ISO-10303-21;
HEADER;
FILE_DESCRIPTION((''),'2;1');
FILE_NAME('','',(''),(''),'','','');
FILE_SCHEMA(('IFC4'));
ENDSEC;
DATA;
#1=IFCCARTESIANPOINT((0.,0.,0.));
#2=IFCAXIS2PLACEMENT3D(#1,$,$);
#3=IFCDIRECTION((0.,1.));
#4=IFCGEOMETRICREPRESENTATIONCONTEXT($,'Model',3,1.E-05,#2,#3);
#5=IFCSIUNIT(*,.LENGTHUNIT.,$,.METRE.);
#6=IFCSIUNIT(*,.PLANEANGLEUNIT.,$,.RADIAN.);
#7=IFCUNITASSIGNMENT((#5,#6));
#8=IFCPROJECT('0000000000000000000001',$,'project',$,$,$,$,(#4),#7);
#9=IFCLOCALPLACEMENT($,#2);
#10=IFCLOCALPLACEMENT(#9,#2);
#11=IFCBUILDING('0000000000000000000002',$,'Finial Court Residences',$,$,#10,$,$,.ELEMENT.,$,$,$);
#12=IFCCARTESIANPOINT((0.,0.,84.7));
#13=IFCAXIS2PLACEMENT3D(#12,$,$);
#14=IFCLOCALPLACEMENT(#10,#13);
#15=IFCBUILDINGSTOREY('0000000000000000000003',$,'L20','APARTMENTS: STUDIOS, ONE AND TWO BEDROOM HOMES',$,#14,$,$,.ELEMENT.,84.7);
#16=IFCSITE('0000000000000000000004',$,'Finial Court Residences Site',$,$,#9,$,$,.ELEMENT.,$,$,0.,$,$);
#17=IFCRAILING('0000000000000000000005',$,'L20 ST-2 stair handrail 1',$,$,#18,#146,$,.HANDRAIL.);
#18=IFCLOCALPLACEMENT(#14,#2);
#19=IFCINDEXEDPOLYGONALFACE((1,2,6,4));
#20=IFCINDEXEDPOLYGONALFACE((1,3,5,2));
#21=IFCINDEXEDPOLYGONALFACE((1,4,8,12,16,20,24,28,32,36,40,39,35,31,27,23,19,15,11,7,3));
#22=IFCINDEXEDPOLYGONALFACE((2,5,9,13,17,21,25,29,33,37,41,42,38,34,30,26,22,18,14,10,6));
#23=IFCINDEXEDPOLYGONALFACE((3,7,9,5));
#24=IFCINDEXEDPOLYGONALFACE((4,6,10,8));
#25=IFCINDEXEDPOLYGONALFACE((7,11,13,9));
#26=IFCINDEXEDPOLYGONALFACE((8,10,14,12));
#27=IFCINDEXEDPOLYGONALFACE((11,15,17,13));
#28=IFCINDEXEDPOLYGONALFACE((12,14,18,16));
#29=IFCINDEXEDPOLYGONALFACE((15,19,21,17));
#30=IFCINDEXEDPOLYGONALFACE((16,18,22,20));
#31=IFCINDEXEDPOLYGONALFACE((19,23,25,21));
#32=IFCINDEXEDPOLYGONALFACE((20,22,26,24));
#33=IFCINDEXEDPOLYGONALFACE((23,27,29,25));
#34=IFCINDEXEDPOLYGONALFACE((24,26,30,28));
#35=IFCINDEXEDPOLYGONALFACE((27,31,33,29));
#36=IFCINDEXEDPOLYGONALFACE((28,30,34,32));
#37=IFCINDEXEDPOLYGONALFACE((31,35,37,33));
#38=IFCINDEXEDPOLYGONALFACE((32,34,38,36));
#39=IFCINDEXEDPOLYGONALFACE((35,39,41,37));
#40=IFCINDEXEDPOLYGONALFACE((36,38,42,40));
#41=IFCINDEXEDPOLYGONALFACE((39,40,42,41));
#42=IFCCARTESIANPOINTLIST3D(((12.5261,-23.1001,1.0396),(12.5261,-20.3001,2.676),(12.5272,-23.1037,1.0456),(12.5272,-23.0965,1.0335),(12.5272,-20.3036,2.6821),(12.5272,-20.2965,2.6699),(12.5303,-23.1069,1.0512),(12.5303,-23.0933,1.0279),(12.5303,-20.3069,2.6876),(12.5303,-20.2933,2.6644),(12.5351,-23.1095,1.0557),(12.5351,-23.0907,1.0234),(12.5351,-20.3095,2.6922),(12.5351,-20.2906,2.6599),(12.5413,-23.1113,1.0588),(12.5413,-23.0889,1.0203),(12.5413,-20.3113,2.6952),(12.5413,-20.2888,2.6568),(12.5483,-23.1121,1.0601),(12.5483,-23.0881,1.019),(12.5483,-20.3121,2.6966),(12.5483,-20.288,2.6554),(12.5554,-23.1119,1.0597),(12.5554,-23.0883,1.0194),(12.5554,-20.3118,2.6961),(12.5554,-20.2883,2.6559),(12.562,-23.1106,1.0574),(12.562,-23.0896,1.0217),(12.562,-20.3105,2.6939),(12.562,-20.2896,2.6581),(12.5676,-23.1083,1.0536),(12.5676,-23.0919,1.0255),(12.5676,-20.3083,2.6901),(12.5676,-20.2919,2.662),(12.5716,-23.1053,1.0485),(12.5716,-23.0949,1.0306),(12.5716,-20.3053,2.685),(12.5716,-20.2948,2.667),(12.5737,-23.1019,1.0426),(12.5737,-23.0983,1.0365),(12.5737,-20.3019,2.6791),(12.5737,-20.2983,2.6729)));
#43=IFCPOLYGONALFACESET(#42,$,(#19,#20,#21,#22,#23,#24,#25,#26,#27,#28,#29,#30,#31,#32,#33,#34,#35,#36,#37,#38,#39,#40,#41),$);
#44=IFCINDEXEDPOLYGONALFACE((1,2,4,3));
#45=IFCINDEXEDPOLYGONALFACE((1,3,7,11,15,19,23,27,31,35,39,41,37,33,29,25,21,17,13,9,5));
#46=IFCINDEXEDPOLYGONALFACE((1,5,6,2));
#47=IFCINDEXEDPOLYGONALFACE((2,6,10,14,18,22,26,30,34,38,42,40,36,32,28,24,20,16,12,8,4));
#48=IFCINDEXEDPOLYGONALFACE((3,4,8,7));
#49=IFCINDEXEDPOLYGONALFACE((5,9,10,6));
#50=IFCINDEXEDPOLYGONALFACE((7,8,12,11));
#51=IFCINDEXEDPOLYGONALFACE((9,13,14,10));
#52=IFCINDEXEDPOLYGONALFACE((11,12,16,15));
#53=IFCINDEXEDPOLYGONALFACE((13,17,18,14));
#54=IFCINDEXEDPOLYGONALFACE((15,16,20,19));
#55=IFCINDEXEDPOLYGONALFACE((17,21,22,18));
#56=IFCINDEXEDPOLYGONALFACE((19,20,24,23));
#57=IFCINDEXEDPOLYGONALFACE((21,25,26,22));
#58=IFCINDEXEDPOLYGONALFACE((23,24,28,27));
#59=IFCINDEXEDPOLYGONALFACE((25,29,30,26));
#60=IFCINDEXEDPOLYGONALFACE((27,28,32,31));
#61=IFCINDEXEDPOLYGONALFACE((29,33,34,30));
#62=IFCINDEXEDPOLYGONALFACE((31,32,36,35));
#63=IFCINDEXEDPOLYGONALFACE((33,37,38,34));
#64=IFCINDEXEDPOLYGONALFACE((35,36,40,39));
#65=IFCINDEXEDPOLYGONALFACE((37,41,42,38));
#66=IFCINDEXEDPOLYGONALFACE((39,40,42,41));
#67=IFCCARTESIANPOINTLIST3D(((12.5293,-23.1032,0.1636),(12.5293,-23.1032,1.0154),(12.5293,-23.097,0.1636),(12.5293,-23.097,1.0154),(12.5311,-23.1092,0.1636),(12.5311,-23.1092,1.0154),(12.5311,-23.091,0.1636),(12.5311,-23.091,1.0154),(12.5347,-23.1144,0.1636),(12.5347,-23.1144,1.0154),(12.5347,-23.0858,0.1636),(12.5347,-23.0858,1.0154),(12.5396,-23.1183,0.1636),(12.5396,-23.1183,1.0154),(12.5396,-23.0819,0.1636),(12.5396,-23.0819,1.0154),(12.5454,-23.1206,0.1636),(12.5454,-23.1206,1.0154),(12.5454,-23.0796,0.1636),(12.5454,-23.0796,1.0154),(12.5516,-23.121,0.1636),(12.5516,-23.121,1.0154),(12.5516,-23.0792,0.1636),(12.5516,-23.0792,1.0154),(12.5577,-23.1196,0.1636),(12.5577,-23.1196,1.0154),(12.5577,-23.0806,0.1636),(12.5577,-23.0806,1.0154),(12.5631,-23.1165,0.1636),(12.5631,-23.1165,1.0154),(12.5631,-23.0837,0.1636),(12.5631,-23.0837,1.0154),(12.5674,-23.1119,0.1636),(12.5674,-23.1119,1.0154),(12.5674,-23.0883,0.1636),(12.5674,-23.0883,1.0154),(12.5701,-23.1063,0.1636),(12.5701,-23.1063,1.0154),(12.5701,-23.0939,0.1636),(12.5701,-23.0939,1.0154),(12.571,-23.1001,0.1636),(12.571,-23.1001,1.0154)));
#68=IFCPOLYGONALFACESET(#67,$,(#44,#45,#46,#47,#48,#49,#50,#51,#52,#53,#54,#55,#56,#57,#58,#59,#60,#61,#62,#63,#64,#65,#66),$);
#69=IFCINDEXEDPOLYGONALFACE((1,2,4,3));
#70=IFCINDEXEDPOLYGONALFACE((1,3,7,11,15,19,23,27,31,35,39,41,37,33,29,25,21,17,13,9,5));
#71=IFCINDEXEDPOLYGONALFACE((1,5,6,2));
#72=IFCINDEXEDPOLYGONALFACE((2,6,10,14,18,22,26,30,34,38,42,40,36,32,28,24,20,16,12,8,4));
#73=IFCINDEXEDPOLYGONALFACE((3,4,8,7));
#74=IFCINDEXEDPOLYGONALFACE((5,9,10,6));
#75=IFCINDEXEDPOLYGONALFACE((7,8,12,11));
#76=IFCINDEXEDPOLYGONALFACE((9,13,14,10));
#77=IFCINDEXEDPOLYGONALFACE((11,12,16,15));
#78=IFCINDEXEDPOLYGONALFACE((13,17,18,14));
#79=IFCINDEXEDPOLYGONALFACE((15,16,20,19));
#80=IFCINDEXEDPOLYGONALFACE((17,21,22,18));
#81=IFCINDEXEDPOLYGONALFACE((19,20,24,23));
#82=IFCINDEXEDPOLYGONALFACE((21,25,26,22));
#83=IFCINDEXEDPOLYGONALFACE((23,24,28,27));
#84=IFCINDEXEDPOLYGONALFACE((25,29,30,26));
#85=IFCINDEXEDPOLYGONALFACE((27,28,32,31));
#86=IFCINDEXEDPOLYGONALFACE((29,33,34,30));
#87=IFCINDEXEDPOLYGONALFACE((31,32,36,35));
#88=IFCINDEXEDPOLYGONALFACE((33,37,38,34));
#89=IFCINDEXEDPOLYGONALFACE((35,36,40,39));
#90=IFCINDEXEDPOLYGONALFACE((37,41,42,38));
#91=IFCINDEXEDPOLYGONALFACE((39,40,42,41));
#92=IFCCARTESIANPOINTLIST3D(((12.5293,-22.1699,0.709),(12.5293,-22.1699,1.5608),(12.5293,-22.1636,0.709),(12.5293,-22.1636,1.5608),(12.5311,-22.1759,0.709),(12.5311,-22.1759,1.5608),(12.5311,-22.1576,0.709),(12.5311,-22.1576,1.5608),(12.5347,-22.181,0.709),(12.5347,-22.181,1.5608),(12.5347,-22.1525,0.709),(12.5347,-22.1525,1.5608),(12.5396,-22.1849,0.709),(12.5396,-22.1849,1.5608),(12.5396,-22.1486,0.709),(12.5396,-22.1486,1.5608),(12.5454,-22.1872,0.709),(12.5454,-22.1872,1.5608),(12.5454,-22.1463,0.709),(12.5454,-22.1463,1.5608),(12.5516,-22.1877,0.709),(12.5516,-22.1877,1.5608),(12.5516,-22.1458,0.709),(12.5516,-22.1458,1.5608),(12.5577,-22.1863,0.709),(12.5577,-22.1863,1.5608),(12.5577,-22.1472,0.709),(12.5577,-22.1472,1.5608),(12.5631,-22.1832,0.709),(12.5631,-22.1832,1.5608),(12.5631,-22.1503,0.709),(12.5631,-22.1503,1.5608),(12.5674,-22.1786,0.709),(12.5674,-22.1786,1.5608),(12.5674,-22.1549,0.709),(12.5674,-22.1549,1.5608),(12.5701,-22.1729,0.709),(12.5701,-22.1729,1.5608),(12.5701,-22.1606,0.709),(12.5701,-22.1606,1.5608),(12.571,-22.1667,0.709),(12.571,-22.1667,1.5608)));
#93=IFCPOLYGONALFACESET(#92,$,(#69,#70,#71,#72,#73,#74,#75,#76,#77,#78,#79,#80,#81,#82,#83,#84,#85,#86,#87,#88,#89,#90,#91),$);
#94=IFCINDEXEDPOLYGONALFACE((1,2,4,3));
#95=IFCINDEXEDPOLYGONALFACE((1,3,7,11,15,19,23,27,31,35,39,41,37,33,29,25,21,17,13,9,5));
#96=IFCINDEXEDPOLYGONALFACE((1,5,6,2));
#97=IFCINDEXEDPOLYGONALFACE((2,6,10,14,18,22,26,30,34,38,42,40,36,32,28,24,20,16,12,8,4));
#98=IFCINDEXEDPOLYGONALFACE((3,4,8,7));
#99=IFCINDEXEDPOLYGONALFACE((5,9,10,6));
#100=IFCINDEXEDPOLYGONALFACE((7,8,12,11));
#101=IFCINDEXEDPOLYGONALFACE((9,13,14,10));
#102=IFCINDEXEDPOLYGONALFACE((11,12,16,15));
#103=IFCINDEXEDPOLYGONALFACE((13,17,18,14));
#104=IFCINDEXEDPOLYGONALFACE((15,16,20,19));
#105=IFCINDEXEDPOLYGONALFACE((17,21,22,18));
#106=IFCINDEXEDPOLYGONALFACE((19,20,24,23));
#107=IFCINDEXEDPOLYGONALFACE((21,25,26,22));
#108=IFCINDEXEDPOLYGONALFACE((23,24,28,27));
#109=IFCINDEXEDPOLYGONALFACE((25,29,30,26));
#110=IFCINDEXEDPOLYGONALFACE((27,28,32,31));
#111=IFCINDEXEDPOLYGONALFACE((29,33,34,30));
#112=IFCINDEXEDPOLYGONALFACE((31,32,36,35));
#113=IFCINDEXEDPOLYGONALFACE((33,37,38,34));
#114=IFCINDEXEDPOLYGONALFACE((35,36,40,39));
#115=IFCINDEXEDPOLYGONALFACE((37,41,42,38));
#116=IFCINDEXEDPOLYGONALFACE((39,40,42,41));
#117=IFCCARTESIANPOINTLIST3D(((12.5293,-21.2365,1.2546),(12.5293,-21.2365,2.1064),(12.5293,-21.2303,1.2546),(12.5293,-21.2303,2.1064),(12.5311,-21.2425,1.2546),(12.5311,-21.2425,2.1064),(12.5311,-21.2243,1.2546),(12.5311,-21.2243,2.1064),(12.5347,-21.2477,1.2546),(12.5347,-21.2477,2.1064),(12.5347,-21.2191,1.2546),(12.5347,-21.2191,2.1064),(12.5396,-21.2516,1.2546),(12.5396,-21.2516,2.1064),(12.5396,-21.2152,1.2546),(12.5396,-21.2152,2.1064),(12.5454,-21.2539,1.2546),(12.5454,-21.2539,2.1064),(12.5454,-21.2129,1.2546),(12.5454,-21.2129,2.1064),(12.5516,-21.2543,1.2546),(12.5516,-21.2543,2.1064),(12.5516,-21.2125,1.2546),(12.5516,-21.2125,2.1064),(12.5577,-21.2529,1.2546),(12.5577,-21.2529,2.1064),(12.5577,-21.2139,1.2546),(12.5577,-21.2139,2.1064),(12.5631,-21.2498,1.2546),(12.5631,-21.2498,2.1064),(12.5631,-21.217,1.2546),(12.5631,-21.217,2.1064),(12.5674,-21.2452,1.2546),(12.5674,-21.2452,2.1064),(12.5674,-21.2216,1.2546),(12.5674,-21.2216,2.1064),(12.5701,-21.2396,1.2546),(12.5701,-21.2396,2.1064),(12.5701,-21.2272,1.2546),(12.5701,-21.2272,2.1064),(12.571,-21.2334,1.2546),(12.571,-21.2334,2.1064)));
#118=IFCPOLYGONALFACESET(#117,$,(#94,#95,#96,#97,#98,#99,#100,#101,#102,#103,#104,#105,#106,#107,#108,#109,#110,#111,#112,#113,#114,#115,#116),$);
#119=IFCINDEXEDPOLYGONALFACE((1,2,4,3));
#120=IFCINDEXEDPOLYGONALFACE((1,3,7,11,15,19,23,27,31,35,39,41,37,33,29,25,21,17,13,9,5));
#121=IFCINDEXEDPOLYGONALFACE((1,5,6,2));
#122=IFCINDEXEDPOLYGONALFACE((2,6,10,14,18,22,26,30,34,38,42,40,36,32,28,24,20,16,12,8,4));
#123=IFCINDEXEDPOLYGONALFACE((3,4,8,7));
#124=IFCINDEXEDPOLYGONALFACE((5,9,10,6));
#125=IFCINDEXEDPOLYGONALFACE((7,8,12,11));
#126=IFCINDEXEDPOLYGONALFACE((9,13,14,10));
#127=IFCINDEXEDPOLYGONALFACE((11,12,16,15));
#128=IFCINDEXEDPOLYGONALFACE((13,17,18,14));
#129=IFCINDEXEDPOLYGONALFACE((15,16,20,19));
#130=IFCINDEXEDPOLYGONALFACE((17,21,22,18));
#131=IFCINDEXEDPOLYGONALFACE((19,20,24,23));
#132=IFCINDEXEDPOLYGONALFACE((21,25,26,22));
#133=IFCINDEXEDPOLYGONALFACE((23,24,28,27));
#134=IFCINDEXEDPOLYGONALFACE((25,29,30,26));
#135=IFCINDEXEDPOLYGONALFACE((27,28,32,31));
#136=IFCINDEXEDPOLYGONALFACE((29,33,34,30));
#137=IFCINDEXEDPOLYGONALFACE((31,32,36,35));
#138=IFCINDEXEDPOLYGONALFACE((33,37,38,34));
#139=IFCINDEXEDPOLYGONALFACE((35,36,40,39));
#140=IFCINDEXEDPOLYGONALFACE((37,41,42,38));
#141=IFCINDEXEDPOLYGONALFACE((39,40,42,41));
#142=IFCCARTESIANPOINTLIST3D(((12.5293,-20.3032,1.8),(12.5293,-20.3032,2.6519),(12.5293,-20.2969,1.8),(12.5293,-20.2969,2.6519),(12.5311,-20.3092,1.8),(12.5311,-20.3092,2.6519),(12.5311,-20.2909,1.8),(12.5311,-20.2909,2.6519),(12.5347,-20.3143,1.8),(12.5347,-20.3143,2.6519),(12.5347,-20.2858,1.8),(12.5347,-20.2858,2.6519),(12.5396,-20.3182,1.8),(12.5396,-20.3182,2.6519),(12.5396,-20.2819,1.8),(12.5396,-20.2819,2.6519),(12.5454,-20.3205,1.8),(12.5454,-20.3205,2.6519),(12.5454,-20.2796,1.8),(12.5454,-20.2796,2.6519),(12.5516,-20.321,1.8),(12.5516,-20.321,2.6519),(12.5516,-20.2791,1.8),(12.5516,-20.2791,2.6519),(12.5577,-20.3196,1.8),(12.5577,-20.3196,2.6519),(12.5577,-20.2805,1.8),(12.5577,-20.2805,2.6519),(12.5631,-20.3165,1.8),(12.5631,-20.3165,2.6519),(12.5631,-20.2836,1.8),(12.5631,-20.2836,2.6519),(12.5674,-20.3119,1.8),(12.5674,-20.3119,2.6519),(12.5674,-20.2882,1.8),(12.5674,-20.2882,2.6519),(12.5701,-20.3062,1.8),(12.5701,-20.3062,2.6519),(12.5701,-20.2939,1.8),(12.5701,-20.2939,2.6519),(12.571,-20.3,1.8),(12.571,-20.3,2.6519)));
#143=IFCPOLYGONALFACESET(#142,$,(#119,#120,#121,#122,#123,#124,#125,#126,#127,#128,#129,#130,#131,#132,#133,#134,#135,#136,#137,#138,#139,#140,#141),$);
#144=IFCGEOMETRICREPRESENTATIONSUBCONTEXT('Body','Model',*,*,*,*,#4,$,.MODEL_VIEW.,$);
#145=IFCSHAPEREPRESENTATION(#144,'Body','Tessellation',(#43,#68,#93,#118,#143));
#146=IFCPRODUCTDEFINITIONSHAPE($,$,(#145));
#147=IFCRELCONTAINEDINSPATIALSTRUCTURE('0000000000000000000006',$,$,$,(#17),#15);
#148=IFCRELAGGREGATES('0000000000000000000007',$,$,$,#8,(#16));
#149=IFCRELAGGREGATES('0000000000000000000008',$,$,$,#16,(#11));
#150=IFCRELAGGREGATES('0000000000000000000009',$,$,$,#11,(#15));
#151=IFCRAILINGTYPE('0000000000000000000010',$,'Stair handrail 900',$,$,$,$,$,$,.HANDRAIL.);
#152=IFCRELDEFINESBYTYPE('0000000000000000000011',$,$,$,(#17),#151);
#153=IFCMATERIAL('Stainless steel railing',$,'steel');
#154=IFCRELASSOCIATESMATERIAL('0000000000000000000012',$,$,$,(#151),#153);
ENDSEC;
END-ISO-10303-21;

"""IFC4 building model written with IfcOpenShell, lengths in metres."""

from ifc_helpers import new_model, si_unit, direction, frame, origin, origin_2d, place, context, subcontext, project, spatial, circle, extrude, material, type_object, element, save


model = new_model("IFC4")

# Units and contexts
model_context = context("Model", 3, precision=1e-05, world=origin(), true_north=direction((0.0, 1.0)))
body_context = subcontext(model_context, "Body", "Model", "MODEL_VIEW")
ifc_project = project(units=[si_unit("LENGTHUNIT", "METRE"), si_unit("PLANEANGLEUNIT", "RADIAN")], contexts=[model_context])

# Site, building, storey
site_placement = place(None, origin())
site = spatial("IfcSite", under=ifc_project, at=site_placement, Name="Finial Court Residences Site", CompositionType="ELEMENT", RefElevation=0.0)
building_placement = place(site_placement, origin())
building = spatial("IfcBuilding", under=site, at=building_placement, Name="Finial Court Residences", CompositionType="ELEMENT")
storey_placement = place(building_placement, frame((0.0, 0.0, 84.7)))
storey = spatial("IfcBuildingStorey", under=building, at=storey_placement, Name="L20", Description="APARTMENTS: STUDIOS, ONE AND TWO BEDROOM HOMES", CompositionType="ELEMENT", Elevation=84.7)

# Railing
ifc_material_1 = material(Name="Stainless steel railing", Category="steel")
railing_type_1 = type_object("IfcRailingType", Name="Stair handrail 900", PredefinedType="HANDRAIL", material=ifc_material_1)
railing_1_placement = place(storey_placement, frame((12.55, -23.1001, 0.1636)))
element("IfcRailing", 1, at=railing_1_placement, inside=storey, type_object=railing_type_1, Name="L20 ST-2 stair handrail 1", PredefinedType="HANDRAIL", context=body_context, shape_type="SweptSolid", body=[
    extrude(circle(Radius=0.0239, at=origin_2d()), frame((0.0, 0.0, 0.876), z_axis=(0.0, 0.863361, 0.504587), x_axis=(-1.0, 0.0, 0.0)), (0.0, 0.0, 1.0), 3.2432),
    extrude(circle(Radius=0.021, at=origin_2d()), origin(), (0.0, 0.0, 1.0), 0.8518),
    extrude(circle(Radius=0.021, at=origin_2d()), frame((0.0, 0.9333, 0.5454)), (0.0, 0.0, 1.0), 0.8518),
    extrude(circle(Radius=0.021, at=origin_2d()), frame((0.0, 1.8667, 1.0911)), (0.0, 0.0, 1.0), 0.8518),
    extrude(circle(Radius=0.021, at=origin_2d()), frame((0.0, 2.8, 1.6365)), (0.0, 0.0, 1.0), 0.8518),
])

save(model, "model.ifc")
